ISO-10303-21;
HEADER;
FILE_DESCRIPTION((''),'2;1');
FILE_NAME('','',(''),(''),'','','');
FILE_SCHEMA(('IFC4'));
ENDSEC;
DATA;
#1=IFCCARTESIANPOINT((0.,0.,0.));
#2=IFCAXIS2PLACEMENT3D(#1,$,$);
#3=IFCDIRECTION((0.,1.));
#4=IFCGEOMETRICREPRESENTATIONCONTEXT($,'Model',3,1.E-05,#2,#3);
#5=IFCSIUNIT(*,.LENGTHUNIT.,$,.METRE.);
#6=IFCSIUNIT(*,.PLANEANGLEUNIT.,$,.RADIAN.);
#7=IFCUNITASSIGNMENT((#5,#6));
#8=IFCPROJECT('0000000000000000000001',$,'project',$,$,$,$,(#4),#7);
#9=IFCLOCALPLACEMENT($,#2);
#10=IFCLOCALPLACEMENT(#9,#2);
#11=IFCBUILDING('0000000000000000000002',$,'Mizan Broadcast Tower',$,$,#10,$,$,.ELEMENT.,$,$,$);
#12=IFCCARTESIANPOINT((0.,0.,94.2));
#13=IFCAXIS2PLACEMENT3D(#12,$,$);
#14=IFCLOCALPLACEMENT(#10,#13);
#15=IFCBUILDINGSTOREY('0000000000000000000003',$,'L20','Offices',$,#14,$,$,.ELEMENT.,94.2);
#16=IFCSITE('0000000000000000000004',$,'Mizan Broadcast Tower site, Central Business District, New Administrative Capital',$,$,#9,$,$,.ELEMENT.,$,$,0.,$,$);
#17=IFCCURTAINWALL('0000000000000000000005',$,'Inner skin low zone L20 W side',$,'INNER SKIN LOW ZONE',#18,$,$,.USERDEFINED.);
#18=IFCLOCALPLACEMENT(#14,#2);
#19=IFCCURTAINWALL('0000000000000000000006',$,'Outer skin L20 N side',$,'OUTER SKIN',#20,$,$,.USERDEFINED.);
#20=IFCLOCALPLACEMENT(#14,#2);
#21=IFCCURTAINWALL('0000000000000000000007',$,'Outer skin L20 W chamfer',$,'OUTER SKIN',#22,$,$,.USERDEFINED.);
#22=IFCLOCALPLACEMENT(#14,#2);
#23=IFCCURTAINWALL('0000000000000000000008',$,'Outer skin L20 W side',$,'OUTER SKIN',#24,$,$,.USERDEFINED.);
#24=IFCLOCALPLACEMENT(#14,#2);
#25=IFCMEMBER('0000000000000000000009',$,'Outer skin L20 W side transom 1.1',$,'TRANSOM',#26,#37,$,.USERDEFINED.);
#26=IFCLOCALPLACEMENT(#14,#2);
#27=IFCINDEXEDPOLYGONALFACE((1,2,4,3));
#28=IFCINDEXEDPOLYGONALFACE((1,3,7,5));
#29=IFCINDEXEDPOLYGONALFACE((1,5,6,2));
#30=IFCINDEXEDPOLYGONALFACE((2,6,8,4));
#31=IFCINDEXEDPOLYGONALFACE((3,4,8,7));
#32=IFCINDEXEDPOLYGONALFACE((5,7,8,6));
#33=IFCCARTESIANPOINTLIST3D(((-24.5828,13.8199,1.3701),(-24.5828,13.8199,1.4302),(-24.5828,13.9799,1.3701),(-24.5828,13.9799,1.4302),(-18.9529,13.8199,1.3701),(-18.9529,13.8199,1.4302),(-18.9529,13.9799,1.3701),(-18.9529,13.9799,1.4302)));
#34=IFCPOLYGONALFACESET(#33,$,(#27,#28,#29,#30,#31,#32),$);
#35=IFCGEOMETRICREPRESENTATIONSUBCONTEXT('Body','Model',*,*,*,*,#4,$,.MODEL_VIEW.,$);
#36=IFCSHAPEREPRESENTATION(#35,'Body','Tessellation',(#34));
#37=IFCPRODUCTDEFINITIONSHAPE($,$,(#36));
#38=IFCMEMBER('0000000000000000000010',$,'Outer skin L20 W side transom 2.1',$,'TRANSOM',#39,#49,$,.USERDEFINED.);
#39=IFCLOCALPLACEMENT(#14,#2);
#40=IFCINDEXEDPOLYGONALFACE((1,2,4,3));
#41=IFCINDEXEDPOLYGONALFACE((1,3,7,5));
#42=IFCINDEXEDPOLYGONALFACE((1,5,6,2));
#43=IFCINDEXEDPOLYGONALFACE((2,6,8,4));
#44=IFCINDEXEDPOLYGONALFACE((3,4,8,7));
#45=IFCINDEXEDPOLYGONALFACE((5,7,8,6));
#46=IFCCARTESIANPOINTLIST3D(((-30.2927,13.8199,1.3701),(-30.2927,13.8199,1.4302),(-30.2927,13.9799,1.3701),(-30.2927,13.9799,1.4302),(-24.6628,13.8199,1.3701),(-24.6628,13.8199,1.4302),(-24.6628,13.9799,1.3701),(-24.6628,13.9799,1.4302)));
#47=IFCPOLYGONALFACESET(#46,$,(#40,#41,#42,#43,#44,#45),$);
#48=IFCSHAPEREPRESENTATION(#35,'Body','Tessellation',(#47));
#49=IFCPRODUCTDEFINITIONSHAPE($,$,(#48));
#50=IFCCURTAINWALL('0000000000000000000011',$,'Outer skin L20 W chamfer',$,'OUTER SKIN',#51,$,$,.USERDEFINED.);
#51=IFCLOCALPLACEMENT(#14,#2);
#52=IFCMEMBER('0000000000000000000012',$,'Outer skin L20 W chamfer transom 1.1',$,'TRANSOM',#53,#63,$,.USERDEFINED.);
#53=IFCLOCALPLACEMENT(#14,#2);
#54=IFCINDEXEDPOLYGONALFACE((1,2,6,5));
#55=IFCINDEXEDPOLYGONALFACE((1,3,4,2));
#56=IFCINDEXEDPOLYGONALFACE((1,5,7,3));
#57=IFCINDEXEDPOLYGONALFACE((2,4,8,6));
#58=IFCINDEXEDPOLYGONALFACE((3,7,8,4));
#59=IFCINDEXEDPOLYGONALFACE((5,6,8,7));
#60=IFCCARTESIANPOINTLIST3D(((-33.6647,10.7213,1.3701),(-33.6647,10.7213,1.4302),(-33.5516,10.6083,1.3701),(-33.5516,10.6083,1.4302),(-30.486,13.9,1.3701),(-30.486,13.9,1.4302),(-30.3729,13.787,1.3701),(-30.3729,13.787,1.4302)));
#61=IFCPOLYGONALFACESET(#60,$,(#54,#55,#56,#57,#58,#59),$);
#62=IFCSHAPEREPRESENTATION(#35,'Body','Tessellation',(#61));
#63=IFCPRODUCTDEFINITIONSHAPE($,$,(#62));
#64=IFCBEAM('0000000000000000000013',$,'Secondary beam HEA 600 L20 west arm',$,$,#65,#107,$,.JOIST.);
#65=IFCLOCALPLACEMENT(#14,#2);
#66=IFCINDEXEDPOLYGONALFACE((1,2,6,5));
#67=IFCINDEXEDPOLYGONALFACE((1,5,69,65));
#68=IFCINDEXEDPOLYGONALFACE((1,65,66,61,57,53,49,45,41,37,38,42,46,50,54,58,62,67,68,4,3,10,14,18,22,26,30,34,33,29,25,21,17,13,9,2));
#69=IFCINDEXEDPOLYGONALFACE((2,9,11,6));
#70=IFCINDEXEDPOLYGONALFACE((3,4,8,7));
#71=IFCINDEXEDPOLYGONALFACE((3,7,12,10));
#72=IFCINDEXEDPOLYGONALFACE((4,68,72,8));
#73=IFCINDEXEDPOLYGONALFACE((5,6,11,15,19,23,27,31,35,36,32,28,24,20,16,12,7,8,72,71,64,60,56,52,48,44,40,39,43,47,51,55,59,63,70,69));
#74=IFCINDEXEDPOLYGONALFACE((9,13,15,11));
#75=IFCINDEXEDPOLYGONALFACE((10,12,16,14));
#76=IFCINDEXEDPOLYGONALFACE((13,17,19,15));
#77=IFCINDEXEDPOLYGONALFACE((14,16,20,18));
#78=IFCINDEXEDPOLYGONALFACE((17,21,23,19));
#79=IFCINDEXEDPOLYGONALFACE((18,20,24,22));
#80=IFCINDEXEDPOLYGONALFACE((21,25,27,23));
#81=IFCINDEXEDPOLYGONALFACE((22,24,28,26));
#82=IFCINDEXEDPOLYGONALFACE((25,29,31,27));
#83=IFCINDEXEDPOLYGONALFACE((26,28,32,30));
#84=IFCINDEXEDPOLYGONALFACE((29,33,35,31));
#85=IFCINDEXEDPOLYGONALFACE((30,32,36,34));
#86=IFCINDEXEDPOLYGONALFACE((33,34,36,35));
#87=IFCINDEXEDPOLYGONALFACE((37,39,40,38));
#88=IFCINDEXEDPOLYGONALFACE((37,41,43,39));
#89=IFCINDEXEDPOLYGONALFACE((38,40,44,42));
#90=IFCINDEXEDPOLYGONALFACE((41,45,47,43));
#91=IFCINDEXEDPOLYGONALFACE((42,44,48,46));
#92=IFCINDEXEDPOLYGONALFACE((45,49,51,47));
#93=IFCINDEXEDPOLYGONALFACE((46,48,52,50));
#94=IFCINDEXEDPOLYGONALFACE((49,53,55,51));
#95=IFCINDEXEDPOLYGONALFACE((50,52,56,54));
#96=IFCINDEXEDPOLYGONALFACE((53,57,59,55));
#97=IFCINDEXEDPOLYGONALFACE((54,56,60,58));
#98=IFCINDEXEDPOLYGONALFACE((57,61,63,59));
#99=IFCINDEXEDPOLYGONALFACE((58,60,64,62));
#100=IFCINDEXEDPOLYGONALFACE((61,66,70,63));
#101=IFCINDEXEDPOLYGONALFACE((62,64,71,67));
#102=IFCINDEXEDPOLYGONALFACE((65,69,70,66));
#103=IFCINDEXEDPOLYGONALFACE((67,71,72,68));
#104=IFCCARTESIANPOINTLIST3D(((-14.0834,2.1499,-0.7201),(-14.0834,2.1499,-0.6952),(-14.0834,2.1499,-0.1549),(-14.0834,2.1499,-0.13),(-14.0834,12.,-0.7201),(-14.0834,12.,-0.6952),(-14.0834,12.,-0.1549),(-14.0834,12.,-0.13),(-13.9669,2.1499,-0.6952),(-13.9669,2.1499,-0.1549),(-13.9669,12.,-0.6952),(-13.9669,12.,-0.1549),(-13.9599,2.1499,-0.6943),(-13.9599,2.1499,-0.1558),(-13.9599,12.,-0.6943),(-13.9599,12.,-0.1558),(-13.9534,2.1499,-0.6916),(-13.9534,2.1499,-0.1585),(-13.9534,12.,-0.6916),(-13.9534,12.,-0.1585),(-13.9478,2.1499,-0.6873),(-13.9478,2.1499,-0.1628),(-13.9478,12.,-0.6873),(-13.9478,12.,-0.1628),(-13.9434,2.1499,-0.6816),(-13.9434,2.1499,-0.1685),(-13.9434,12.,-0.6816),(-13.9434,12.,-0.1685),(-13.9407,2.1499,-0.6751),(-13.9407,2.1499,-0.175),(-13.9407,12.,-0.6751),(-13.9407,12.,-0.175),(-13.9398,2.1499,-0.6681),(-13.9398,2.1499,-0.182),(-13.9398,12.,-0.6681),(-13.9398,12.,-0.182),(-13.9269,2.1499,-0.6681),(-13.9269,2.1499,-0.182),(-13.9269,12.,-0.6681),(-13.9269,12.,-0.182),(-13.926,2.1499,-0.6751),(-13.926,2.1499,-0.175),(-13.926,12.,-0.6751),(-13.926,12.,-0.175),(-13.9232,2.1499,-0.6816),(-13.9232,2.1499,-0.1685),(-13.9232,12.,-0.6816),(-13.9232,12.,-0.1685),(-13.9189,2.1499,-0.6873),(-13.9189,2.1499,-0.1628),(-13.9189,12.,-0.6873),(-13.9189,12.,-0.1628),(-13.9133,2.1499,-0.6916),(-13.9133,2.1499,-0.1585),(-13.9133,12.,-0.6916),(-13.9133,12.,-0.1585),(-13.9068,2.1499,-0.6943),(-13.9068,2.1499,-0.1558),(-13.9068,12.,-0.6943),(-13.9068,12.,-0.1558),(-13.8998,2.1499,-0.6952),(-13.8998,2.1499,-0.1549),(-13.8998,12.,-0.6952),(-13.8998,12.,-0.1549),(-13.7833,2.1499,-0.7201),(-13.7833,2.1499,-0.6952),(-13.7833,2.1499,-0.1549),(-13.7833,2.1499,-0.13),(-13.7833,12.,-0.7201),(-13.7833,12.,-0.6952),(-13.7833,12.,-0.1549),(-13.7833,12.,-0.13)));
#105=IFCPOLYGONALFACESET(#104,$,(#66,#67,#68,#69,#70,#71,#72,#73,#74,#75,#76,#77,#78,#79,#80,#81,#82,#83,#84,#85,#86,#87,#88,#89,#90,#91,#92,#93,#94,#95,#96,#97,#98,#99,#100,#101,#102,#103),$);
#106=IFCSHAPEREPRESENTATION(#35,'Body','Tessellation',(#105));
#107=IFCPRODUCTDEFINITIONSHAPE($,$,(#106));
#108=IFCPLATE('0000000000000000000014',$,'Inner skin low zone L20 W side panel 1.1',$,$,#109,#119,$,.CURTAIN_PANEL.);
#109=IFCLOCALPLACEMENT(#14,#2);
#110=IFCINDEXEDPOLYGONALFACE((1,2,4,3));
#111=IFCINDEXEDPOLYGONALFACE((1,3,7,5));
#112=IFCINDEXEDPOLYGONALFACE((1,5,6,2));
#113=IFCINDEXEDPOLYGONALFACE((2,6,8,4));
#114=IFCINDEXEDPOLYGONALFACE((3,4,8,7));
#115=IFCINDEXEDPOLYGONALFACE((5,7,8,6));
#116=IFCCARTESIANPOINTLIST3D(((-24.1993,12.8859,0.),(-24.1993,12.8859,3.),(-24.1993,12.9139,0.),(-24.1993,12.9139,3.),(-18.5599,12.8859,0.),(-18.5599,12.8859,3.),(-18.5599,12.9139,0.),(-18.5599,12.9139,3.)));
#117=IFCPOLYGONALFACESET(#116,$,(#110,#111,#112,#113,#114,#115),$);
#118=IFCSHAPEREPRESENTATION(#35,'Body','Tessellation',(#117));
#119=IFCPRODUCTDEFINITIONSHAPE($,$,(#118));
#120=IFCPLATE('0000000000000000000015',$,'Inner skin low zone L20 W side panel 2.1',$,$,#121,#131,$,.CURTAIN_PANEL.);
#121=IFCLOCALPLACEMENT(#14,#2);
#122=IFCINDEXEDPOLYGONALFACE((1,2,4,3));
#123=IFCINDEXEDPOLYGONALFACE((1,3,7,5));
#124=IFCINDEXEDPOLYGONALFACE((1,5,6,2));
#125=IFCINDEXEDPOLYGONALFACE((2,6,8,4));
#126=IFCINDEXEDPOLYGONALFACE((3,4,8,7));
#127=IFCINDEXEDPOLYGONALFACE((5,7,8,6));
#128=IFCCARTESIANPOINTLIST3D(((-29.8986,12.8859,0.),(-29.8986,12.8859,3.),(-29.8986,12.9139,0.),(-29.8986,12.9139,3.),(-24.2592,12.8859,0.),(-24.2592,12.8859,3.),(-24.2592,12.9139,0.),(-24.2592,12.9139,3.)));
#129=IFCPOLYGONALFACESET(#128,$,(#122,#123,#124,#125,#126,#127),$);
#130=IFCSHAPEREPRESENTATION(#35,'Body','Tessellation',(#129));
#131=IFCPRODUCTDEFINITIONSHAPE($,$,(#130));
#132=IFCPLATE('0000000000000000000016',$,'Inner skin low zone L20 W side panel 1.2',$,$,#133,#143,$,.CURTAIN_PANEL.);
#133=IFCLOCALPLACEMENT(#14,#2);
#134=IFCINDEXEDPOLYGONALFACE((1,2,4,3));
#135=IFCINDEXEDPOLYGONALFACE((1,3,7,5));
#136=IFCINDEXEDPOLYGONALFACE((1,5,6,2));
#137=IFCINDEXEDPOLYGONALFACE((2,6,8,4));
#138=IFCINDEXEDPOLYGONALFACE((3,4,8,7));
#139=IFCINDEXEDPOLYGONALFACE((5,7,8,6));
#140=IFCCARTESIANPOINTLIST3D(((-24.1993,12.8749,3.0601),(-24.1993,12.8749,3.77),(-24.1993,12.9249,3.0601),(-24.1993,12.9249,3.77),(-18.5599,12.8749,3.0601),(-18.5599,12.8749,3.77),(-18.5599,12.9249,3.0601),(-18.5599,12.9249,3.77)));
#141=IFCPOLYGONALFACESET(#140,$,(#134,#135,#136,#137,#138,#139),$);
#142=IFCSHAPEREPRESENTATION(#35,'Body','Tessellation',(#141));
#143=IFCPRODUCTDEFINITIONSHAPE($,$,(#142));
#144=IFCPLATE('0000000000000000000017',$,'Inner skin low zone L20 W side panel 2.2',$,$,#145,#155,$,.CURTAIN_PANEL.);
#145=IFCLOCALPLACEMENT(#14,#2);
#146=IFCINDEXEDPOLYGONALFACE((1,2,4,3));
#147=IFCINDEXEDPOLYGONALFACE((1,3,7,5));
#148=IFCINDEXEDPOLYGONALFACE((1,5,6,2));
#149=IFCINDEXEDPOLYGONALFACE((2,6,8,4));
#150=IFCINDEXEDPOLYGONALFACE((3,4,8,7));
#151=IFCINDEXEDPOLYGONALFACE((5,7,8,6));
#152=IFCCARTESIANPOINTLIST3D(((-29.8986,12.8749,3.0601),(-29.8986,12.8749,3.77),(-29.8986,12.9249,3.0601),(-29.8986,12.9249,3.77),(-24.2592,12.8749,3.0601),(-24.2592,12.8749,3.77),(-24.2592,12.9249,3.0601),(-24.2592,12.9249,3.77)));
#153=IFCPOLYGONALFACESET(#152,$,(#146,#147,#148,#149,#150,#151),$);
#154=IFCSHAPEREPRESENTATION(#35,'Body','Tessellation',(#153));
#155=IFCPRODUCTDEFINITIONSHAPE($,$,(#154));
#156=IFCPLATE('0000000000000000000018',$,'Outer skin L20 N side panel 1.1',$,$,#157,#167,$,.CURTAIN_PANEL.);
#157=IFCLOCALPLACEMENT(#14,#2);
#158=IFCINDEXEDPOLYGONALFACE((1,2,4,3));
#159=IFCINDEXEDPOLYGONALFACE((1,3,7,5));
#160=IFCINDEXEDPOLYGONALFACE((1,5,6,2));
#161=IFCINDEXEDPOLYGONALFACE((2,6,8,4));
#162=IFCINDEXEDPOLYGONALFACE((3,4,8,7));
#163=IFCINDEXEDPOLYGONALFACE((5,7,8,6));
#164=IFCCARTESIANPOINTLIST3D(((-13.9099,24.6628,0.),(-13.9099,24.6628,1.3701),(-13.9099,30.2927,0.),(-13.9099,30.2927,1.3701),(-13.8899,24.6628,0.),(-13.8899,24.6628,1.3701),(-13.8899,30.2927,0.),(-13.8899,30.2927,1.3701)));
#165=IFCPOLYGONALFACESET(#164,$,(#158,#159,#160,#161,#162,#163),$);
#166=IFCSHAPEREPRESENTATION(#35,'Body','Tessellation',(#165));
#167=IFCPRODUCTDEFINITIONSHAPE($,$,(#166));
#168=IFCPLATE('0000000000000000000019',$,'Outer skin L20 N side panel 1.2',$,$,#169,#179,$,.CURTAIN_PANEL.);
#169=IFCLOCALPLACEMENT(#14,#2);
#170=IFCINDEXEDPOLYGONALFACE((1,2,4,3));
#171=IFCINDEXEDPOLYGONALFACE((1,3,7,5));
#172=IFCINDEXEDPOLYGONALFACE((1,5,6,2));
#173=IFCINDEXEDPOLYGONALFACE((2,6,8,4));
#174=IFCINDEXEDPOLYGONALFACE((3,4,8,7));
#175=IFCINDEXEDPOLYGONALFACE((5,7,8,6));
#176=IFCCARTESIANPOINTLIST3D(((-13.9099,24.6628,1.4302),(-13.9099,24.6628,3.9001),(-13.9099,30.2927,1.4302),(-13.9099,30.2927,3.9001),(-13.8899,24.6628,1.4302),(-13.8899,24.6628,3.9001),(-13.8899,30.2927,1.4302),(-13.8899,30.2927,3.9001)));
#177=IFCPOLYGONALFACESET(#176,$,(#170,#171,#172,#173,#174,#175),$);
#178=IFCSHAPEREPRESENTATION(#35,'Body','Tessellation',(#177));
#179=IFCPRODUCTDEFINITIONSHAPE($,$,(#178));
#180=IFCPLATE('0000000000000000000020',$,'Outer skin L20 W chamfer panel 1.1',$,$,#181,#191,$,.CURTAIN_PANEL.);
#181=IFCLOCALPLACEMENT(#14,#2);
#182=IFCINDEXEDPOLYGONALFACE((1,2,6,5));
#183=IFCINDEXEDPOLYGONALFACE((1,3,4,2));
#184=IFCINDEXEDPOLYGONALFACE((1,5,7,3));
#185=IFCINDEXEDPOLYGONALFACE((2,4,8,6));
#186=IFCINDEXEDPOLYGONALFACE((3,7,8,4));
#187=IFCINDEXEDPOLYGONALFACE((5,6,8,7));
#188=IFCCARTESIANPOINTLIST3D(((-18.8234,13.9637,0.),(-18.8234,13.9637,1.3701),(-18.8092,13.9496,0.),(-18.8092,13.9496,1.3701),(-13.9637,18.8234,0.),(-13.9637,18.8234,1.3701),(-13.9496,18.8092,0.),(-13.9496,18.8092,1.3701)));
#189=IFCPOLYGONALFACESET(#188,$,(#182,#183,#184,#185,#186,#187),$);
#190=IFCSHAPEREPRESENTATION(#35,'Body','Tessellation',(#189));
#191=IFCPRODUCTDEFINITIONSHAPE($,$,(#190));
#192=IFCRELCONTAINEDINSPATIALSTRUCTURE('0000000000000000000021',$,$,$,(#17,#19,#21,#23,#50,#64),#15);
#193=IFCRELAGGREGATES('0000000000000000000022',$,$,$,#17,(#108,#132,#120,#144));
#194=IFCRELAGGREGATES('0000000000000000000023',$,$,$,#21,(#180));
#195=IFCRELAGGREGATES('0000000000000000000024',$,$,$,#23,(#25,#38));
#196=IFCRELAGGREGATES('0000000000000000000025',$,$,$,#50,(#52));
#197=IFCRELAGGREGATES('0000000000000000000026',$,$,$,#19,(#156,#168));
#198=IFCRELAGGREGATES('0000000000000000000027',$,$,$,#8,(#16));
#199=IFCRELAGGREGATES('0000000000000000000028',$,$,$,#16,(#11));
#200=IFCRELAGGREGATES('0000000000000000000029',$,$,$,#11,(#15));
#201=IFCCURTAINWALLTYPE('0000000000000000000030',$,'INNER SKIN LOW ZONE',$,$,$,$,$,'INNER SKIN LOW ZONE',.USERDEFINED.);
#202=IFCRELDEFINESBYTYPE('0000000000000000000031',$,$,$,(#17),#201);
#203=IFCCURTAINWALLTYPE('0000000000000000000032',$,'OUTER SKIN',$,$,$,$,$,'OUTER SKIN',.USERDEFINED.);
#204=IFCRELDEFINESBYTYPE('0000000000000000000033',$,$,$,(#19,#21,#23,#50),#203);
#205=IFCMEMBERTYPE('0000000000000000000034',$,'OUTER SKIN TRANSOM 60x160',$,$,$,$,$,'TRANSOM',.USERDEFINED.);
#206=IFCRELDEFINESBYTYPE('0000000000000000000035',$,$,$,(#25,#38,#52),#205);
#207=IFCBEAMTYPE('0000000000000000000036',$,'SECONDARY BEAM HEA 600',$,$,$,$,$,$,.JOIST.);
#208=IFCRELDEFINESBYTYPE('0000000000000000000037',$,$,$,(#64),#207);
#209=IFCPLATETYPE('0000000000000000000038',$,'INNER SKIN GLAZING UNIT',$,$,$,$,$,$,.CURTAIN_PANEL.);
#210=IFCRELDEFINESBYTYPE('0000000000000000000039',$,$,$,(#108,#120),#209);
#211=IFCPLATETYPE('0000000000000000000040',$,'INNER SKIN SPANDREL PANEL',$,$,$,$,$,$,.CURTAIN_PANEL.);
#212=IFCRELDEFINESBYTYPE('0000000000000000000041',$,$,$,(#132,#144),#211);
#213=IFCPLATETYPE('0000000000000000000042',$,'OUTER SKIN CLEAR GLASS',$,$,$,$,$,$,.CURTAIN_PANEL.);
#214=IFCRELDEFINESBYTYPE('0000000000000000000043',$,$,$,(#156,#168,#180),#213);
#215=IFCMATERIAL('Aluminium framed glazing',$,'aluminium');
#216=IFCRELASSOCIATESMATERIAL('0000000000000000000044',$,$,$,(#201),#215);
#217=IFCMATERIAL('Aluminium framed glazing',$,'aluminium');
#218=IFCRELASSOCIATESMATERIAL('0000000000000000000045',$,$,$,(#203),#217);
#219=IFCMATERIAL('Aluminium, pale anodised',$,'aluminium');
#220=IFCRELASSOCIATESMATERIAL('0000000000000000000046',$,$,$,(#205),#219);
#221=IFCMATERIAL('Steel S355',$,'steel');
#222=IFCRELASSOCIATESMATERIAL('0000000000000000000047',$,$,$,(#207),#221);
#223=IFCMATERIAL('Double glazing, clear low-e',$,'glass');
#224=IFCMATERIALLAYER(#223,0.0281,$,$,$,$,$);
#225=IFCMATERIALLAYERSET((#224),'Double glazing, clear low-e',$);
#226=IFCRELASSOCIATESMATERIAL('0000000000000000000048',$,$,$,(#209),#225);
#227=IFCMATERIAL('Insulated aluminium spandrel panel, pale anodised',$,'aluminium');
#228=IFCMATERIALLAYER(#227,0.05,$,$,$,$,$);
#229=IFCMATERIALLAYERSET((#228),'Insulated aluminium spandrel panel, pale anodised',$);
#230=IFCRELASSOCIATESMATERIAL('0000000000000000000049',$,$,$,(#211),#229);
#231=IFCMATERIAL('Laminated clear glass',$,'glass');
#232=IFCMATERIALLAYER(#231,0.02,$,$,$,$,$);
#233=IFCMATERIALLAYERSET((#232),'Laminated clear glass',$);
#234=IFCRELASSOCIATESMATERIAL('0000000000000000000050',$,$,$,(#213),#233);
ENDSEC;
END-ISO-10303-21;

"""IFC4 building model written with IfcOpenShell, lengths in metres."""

from ifc_helpers import new_model, si_unit, direction, frame, origin, origin_2d, place, context, subcontext, project, spatial, rectangle, i_section, extrude, material, layer, layer_set, material_profile, profile_set, type_object, element, aggregate, save


model = new_model("IFC4")

# Units and contexts
model_context = context("Model", 3, precision=1e-05, world=origin(), true_north=direction((0.0, 1.0)))
body_context = subcontext(model_context, "Body", "Model", "MODEL_VIEW")
ifc_project = project(units=[si_unit("LENGTHUNIT", "METRE"), si_unit("PLANEANGLEUNIT", "RADIAN")], contexts=[model_context])

# Site, building, storey
site_placement = place(None, origin())
site = spatial("IfcSite", under=ifc_project, at=site_placement, Name="Mizan Broadcast Tower site, Central Business District, New Administrative Capital", CompositionType="ELEMENT", RefElevation=0.0)
building_placement = place(site_placement, origin())
building = spatial("IfcBuilding", under=site, at=building_placement, Name="Mizan Broadcast Tower", CompositionType="ELEMENT")
storey_placement = place(building_placement, frame((0.0, 0.0, 94.2)))
storey = spatial("IfcBuildingStorey", under=building, at=storey_placement, Name="L20", Description="Offices", CompositionType="ELEMENT", Elevation=94.2)

# Curtain wall
ifc_material_1 = material(Name="Aluminium framed glazing", Category="aluminium")
curtain_wall_type_1 = type_object("IfcCurtainWallType", Name="INNER SKIN LOW ZONE", ElementType="INNER SKIN LOW ZONE", PredefinedType="USERDEFINED", material=ifc_material_1)
curtain_wall_1_placement = place(storey_placement, origin())
curtain_wall_1 = element("IfcCurtainWall", 1, at=curtain_wall_1_placement, inside=storey, type_object=curtain_wall_type_1, Name="Inner skin low zone L20 W side", ObjectType="INNER SKIN LOW ZONE", PredefinedType="USERDEFINED")

# Shared definitions
ifc_material_2 = material(Name="Aluminium framed glazing", Category="aluminium")
curtain_wall_type_2 = type_object("IfcCurtainWallType", Name="OUTER SKIN", ElementType="OUTER SKIN", PredefinedType="USERDEFINED", material=ifc_material_2)

# Curtain wall
curtain_wall_2_placement = place(storey_placement, origin())
curtain_wall_2 = element("IfcCurtainWall", 2, at=curtain_wall_2_placement, inside=storey, type_object=curtain_wall_type_2, Name="Outer skin L20 N side", ObjectType="OUTER SKIN", PredefinedType="USERDEFINED")

# Curtain wall
curtain_wall_3_placement = place(storey_placement, origin())
curtain_wall_3 = element("IfcCurtainWall", 3, at=curtain_wall_3_placement, inside=storey, type_object=curtain_wall_type_2, Name="Outer skin L20 W chamfer", ObjectType="OUTER SKIN", PredefinedType="USERDEFINED")

# Curtain wall
curtain_wall_4_placement = place(storey_placement, origin())
curtain_wall_4 = element("IfcCurtainWall", 4, at=curtain_wall_4_placement, inside=storey, type_object=curtain_wall_type_2, Name="Outer skin L20 W side", ObjectType="OUTER SKIN", PredefinedType="USERDEFINED")

# Members
ifc_material_3 = material(Name="Aluminium, pale anodised", Category="aluminium")
ifc_material_profile_1 = material_profile(ifc_material_3, rectangle(XDim=0.1599, YDim=0.0601, at=origin_2d()), Name="TRANSOM 160x60")
ifc_profile_set_1 = profile_set([ifc_material_profile_1], Name="Aluminium, pale anodised")
member_type_1 = type_object("IfcMemberType", Name="OUTER SKIN TRANSOM 60x160", ElementType="TRANSOM", PredefinedType="USERDEFINED", material=ifc_profile_set_1)
member_1_placement = place(storey_placement, frame((-18.9529, 13.8999, 1.4001), z_axis=(-1.0, 0.0, 0.0), x_axis=(0.0, -1.0, 0.0)))
member_1 = element("IfcMember", 5, at=member_1_placement, type_object=member_type_1, Name="Outer skin L20 W side transom 1.1", ObjectType="TRANSOM", PredefinedType="USERDEFINED", context=body_context, shape_type="SweptSolid", body=[
    extrude(rectangle(XDim=0.1599, YDim=0.0601, at=origin_2d()), origin(), (0.0, 0.0, 1.0), 5.6299),
])
member_2_placement = place(storey_placement, frame((-24.6628, 13.8999, 1.4001), z_axis=(-1.0, 0.0, 0.0), x_axis=(0.0, -1.0, 0.0)))
member_2 = element("IfcMember", 6, at=member_2_placement, type_object=member_type_1, Name="Outer skin L20 W side transom 2.1", ObjectType="TRANSOM", PredefinedType="USERDEFINED", context=body_context, shape_type="SweptSolid", body=[
    extrude(rectangle(XDim=0.1599, YDim=0.0601, at=origin_2d()), origin(), (0.0, 0.0, 1.0), 5.6299),
])

# Curtain wall, member
curtain_wall_5_placement = place(storey_placement, origin())
curtain_wall_5 = element("IfcCurtainWall", 7, at=curtain_wall_5_placement, inside=storey, type_object=curtain_wall_type_2, Name="Outer skin L20 W chamfer", ObjectType="OUTER SKIN", PredefinedType="USERDEFINED")
member_3_placement = place(storey_placement, frame((-30.4294, 13.8435, 1.4001), z_axis=(-0.707107, -0.707107, 0.0), x_axis=(0.707107, -0.707107, 0.0)))
member_3 = element("IfcMember", 8, at=member_3_placement, type_object=member_type_1, Name="Outer skin L20 W chamfer transom 1.1", ObjectType="TRANSOM", PredefinedType="USERDEFINED", context=body_context, shape_type="SweptSolid", body=[
    extrude(rectangle(XDim=0.1599, YDim=0.0601, at=origin_2d()), origin(), (0.0, 0.0, 1.0), 4.4954),
])

# Beam
ifc_material_4 = material(Name="Steel S355", Category="steel")
ifc_material_profile_2 = material_profile(ifc_material_4, i_section(OverallWidth=0.3, OverallDepth=0.5901, WebThickness=0.0129, FlangeThickness=0.0249, FilletRadius=0.0271, at=origin_2d()), Name="HEA 600")
ifc_profile_set_2 = profile_set([ifc_material_profile_2], Name="Steel S355")
beam_type = type_object("IfcBeamType", Name="SECONDARY BEAM HEA 600", PredefinedType="JOIST", material=ifc_profile_set_2)
beam_placement = place(storey_placement, frame((-13.9333, 12.0, -0.425), z_axis=(0.0, -1.0, 0.0), x_axis=(1.0, 0.0, 0.0)))
element("IfcBeam", 9, at=beam_placement, inside=storey, type_object=beam_type, Name="Secondary beam HEA 600 L20 west arm", PredefinedType="JOIST", context=body_context, shape_type="SweptSolid", body=[
    extrude(i_section(OverallWidth=0.3, OverallDepth=0.5901, WebThickness=0.0129, FlangeThickness=0.0249, FilletRadius=0.0271, at=origin_2d()), origin(), (0.0, 0.0, 1.0), 9.8501),
])

# Plates
ifc_material_5 = material(Name="Double glazing, clear low-e", Category="glass")
ifc_layer_1 = layer(ifc_material_5, 0.0281)
ifc_layer_set_1 = layer_set([ifc_layer_1], Name="Double glazing, clear low-e")
plate_type_1 = type_object("IfcPlateType", Name="INNER SKIN GLAZING UNIT", PredefinedType="CURTAIN_PANEL", material=ifc_layer_set_1)
plate_1_placement = place(storey_placement, frame((-21.3796, 12.8999, 0.0), z_axis=(0.0, 0.0, 1.0), x_axis=(-1.0, 0.0, 0.0)))
plate_1 = element("IfcPlate", 10, at=plate_1_placement, type_object=plate_type_1, Name="Inner skin low zone L20 W side panel 1.1", PredefinedType="CURTAIN_PANEL", context=body_context, shape_type="SweptSolid", body=[
    extrude(rectangle(XDim=5.6394, YDim=0.0281, at=origin_2d()), origin(), (0.0, 0.0, 1.0), 3.0),
])
plate_2_placement = place(storey_placement, frame((-27.0789, 12.8999, 0.0), z_axis=(0.0, 0.0, 1.0), x_axis=(-1.0, 0.0, 0.0)))
plate_2 = element("IfcPlate", 11, at=plate_2_placement, type_object=plate_type_1, Name="Inner skin low zone L20 W side panel 2.1", PredefinedType="CURTAIN_PANEL", context=body_context, shape_type="SweptSolid", body=[
    extrude(rectangle(XDim=5.6394, YDim=0.0281, at=origin_2d()), origin(), (0.0, 0.0, 1.0), 3.0),
])
ifc_material_6 = material(Name="Insulated aluminium spandrel panel, pale anodised", Category="aluminium")
ifc_layer_2 = layer(ifc_material_6, 0.05)
ifc_layer_set_2 = layer_set([ifc_layer_2], Name="Insulated aluminium spandrel panel, pale anodised")
plate_type_2 = type_object("IfcPlateType", Name="INNER SKIN SPANDREL PANEL", PredefinedType="CURTAIN_PANEL", material=ifc_layer_set_2)
plate_3_placement = place(storey_placement, frame((-21.3796, 12.8999, 3.0601), z_axis=(0.0, 0.0, 1.0), x_axis=(-1.0, 0.0, 0.0)))
plate_3 = element("IfcPlate", 12, at=plate_3_placement, type_object=plate_type_2, Name="Inner skin low zone L20 W side panel 1.2", PredefinedType="CURTAIN_PANEL", context=body_context, shape_type="SweptSolid", body=[
    extrude(rectangle(XDim=5.6394, YDim=0.05, at=origin_2d()), origin(), (0.0, 0.0, 1.0), 0.71),
])
plate_4_placement = place(storey_placement, frame((-27.0789, 12.8999, 3.0601), z_axis=(0.0, 0.0, 1.0), x_axis=(-1.0, 0.0, 0.0)))
plate_4 = element("IfcPlate", 13, at=plate_4_placement, type_object=plate_type_2, Name="Inner skin low zone L20 W side panel 2.2", PredefinedType="CURTAIN_PANEL", context=body_context, shape_type="SweptSolid", body=[
    extrude(rectangle(XDim=5.6394, YDim=0.05, at=origin_2d()), origin(), (0.0, 0.0, 1.0), 0.71),
])
aggregate(curtain_wall_1, [plate_1, plate_3, plate_2, plate_4])
ifc_material_7 = material(Name="Laminated clear glass", Category="glass")
ifc_layer_3 = layer(ifc_material_7, 0.02)
ifc_layer_set_3 = layer_set([ifc_layer_3], Name="Laminated clear glass")
plate_type_3 = type_object("IfcPlateType", Name="OUTER SKIN CLEAR GLASS", PredefinedType="CURTAIN_PANEL", material=ifc_layer_set_3)
plate_5_placement = place(storey_placement, frame((-13.8999, 27.4778, 0.0), z_axis=(0.0, 0.0, 1.0), x_axis=(0.0, -1.0, 0.0)))
plate_5 = element("IfcPlate", 14, at=plate_5_placement, type_object=plate_type_3, Name="Outer skin L20 N side panel 1.1", PredefinedType="CURTAIN_PANEL", context=body_context, shape_type="SweptSolid", body=[
    extrude(rectangle(XDim=5.6299, YDim=0.02, at=origin_2d()), origin(), (0.0, 0.0, 1.0), 1.3701),
])
plate_6_placement = place(storey_placement, frame((-13.8999, 27.4778, 1.4302), z_axis=(0.0, 0.0, 1.0), x_axis=(0.0, -1.0, 0.0)))
plate_6 = element("IfcPlate", 15, at=plate_6_placement, type_object=plate_type_3, Name="Outer skin L20 N side panel 1.2", PredefinedType="CURTAIN_PANEL", context=body_context, shape_type="SweptSolid", body=[
    extrude(rectangle(XDim=5.6299, YDim=0.02, at=origin_2d()), origin(), (0.0, 0.0, 1.0), 2.47),
])
plate_7_placement = place(storey_placement, frame((-16.3865, 16.3865, 0.0), z_axis=(0.0, 0.0, 1.0), x_axis=(-0.707107, -0.707107, 0.0)))
plate_7 = element("IfcPlate", 16, at=plate_7_placement, type_object=plate_type_3, Name="Outer skin L20 W chamfer panel 1.1", PredefinedType="CURTAIN_PANEL", context=body_context, shape_type="SweptSolid", body=[
    extrude(rectangle(XDim=6.8726, YDim=0.02, at=origin_2d()), origin(), (0.0, 0.0, 1.0), 1.3701),
])
aggregate(curtain_wall_3, [plate_7])
aggregate(curtain_wall_4, [member_1, member_2])
aggregate(curtain_wall_5, [member_3])
aggregate(curtain_wall_2, [plate_5, plate_6])

save(model, "model.ifc")
